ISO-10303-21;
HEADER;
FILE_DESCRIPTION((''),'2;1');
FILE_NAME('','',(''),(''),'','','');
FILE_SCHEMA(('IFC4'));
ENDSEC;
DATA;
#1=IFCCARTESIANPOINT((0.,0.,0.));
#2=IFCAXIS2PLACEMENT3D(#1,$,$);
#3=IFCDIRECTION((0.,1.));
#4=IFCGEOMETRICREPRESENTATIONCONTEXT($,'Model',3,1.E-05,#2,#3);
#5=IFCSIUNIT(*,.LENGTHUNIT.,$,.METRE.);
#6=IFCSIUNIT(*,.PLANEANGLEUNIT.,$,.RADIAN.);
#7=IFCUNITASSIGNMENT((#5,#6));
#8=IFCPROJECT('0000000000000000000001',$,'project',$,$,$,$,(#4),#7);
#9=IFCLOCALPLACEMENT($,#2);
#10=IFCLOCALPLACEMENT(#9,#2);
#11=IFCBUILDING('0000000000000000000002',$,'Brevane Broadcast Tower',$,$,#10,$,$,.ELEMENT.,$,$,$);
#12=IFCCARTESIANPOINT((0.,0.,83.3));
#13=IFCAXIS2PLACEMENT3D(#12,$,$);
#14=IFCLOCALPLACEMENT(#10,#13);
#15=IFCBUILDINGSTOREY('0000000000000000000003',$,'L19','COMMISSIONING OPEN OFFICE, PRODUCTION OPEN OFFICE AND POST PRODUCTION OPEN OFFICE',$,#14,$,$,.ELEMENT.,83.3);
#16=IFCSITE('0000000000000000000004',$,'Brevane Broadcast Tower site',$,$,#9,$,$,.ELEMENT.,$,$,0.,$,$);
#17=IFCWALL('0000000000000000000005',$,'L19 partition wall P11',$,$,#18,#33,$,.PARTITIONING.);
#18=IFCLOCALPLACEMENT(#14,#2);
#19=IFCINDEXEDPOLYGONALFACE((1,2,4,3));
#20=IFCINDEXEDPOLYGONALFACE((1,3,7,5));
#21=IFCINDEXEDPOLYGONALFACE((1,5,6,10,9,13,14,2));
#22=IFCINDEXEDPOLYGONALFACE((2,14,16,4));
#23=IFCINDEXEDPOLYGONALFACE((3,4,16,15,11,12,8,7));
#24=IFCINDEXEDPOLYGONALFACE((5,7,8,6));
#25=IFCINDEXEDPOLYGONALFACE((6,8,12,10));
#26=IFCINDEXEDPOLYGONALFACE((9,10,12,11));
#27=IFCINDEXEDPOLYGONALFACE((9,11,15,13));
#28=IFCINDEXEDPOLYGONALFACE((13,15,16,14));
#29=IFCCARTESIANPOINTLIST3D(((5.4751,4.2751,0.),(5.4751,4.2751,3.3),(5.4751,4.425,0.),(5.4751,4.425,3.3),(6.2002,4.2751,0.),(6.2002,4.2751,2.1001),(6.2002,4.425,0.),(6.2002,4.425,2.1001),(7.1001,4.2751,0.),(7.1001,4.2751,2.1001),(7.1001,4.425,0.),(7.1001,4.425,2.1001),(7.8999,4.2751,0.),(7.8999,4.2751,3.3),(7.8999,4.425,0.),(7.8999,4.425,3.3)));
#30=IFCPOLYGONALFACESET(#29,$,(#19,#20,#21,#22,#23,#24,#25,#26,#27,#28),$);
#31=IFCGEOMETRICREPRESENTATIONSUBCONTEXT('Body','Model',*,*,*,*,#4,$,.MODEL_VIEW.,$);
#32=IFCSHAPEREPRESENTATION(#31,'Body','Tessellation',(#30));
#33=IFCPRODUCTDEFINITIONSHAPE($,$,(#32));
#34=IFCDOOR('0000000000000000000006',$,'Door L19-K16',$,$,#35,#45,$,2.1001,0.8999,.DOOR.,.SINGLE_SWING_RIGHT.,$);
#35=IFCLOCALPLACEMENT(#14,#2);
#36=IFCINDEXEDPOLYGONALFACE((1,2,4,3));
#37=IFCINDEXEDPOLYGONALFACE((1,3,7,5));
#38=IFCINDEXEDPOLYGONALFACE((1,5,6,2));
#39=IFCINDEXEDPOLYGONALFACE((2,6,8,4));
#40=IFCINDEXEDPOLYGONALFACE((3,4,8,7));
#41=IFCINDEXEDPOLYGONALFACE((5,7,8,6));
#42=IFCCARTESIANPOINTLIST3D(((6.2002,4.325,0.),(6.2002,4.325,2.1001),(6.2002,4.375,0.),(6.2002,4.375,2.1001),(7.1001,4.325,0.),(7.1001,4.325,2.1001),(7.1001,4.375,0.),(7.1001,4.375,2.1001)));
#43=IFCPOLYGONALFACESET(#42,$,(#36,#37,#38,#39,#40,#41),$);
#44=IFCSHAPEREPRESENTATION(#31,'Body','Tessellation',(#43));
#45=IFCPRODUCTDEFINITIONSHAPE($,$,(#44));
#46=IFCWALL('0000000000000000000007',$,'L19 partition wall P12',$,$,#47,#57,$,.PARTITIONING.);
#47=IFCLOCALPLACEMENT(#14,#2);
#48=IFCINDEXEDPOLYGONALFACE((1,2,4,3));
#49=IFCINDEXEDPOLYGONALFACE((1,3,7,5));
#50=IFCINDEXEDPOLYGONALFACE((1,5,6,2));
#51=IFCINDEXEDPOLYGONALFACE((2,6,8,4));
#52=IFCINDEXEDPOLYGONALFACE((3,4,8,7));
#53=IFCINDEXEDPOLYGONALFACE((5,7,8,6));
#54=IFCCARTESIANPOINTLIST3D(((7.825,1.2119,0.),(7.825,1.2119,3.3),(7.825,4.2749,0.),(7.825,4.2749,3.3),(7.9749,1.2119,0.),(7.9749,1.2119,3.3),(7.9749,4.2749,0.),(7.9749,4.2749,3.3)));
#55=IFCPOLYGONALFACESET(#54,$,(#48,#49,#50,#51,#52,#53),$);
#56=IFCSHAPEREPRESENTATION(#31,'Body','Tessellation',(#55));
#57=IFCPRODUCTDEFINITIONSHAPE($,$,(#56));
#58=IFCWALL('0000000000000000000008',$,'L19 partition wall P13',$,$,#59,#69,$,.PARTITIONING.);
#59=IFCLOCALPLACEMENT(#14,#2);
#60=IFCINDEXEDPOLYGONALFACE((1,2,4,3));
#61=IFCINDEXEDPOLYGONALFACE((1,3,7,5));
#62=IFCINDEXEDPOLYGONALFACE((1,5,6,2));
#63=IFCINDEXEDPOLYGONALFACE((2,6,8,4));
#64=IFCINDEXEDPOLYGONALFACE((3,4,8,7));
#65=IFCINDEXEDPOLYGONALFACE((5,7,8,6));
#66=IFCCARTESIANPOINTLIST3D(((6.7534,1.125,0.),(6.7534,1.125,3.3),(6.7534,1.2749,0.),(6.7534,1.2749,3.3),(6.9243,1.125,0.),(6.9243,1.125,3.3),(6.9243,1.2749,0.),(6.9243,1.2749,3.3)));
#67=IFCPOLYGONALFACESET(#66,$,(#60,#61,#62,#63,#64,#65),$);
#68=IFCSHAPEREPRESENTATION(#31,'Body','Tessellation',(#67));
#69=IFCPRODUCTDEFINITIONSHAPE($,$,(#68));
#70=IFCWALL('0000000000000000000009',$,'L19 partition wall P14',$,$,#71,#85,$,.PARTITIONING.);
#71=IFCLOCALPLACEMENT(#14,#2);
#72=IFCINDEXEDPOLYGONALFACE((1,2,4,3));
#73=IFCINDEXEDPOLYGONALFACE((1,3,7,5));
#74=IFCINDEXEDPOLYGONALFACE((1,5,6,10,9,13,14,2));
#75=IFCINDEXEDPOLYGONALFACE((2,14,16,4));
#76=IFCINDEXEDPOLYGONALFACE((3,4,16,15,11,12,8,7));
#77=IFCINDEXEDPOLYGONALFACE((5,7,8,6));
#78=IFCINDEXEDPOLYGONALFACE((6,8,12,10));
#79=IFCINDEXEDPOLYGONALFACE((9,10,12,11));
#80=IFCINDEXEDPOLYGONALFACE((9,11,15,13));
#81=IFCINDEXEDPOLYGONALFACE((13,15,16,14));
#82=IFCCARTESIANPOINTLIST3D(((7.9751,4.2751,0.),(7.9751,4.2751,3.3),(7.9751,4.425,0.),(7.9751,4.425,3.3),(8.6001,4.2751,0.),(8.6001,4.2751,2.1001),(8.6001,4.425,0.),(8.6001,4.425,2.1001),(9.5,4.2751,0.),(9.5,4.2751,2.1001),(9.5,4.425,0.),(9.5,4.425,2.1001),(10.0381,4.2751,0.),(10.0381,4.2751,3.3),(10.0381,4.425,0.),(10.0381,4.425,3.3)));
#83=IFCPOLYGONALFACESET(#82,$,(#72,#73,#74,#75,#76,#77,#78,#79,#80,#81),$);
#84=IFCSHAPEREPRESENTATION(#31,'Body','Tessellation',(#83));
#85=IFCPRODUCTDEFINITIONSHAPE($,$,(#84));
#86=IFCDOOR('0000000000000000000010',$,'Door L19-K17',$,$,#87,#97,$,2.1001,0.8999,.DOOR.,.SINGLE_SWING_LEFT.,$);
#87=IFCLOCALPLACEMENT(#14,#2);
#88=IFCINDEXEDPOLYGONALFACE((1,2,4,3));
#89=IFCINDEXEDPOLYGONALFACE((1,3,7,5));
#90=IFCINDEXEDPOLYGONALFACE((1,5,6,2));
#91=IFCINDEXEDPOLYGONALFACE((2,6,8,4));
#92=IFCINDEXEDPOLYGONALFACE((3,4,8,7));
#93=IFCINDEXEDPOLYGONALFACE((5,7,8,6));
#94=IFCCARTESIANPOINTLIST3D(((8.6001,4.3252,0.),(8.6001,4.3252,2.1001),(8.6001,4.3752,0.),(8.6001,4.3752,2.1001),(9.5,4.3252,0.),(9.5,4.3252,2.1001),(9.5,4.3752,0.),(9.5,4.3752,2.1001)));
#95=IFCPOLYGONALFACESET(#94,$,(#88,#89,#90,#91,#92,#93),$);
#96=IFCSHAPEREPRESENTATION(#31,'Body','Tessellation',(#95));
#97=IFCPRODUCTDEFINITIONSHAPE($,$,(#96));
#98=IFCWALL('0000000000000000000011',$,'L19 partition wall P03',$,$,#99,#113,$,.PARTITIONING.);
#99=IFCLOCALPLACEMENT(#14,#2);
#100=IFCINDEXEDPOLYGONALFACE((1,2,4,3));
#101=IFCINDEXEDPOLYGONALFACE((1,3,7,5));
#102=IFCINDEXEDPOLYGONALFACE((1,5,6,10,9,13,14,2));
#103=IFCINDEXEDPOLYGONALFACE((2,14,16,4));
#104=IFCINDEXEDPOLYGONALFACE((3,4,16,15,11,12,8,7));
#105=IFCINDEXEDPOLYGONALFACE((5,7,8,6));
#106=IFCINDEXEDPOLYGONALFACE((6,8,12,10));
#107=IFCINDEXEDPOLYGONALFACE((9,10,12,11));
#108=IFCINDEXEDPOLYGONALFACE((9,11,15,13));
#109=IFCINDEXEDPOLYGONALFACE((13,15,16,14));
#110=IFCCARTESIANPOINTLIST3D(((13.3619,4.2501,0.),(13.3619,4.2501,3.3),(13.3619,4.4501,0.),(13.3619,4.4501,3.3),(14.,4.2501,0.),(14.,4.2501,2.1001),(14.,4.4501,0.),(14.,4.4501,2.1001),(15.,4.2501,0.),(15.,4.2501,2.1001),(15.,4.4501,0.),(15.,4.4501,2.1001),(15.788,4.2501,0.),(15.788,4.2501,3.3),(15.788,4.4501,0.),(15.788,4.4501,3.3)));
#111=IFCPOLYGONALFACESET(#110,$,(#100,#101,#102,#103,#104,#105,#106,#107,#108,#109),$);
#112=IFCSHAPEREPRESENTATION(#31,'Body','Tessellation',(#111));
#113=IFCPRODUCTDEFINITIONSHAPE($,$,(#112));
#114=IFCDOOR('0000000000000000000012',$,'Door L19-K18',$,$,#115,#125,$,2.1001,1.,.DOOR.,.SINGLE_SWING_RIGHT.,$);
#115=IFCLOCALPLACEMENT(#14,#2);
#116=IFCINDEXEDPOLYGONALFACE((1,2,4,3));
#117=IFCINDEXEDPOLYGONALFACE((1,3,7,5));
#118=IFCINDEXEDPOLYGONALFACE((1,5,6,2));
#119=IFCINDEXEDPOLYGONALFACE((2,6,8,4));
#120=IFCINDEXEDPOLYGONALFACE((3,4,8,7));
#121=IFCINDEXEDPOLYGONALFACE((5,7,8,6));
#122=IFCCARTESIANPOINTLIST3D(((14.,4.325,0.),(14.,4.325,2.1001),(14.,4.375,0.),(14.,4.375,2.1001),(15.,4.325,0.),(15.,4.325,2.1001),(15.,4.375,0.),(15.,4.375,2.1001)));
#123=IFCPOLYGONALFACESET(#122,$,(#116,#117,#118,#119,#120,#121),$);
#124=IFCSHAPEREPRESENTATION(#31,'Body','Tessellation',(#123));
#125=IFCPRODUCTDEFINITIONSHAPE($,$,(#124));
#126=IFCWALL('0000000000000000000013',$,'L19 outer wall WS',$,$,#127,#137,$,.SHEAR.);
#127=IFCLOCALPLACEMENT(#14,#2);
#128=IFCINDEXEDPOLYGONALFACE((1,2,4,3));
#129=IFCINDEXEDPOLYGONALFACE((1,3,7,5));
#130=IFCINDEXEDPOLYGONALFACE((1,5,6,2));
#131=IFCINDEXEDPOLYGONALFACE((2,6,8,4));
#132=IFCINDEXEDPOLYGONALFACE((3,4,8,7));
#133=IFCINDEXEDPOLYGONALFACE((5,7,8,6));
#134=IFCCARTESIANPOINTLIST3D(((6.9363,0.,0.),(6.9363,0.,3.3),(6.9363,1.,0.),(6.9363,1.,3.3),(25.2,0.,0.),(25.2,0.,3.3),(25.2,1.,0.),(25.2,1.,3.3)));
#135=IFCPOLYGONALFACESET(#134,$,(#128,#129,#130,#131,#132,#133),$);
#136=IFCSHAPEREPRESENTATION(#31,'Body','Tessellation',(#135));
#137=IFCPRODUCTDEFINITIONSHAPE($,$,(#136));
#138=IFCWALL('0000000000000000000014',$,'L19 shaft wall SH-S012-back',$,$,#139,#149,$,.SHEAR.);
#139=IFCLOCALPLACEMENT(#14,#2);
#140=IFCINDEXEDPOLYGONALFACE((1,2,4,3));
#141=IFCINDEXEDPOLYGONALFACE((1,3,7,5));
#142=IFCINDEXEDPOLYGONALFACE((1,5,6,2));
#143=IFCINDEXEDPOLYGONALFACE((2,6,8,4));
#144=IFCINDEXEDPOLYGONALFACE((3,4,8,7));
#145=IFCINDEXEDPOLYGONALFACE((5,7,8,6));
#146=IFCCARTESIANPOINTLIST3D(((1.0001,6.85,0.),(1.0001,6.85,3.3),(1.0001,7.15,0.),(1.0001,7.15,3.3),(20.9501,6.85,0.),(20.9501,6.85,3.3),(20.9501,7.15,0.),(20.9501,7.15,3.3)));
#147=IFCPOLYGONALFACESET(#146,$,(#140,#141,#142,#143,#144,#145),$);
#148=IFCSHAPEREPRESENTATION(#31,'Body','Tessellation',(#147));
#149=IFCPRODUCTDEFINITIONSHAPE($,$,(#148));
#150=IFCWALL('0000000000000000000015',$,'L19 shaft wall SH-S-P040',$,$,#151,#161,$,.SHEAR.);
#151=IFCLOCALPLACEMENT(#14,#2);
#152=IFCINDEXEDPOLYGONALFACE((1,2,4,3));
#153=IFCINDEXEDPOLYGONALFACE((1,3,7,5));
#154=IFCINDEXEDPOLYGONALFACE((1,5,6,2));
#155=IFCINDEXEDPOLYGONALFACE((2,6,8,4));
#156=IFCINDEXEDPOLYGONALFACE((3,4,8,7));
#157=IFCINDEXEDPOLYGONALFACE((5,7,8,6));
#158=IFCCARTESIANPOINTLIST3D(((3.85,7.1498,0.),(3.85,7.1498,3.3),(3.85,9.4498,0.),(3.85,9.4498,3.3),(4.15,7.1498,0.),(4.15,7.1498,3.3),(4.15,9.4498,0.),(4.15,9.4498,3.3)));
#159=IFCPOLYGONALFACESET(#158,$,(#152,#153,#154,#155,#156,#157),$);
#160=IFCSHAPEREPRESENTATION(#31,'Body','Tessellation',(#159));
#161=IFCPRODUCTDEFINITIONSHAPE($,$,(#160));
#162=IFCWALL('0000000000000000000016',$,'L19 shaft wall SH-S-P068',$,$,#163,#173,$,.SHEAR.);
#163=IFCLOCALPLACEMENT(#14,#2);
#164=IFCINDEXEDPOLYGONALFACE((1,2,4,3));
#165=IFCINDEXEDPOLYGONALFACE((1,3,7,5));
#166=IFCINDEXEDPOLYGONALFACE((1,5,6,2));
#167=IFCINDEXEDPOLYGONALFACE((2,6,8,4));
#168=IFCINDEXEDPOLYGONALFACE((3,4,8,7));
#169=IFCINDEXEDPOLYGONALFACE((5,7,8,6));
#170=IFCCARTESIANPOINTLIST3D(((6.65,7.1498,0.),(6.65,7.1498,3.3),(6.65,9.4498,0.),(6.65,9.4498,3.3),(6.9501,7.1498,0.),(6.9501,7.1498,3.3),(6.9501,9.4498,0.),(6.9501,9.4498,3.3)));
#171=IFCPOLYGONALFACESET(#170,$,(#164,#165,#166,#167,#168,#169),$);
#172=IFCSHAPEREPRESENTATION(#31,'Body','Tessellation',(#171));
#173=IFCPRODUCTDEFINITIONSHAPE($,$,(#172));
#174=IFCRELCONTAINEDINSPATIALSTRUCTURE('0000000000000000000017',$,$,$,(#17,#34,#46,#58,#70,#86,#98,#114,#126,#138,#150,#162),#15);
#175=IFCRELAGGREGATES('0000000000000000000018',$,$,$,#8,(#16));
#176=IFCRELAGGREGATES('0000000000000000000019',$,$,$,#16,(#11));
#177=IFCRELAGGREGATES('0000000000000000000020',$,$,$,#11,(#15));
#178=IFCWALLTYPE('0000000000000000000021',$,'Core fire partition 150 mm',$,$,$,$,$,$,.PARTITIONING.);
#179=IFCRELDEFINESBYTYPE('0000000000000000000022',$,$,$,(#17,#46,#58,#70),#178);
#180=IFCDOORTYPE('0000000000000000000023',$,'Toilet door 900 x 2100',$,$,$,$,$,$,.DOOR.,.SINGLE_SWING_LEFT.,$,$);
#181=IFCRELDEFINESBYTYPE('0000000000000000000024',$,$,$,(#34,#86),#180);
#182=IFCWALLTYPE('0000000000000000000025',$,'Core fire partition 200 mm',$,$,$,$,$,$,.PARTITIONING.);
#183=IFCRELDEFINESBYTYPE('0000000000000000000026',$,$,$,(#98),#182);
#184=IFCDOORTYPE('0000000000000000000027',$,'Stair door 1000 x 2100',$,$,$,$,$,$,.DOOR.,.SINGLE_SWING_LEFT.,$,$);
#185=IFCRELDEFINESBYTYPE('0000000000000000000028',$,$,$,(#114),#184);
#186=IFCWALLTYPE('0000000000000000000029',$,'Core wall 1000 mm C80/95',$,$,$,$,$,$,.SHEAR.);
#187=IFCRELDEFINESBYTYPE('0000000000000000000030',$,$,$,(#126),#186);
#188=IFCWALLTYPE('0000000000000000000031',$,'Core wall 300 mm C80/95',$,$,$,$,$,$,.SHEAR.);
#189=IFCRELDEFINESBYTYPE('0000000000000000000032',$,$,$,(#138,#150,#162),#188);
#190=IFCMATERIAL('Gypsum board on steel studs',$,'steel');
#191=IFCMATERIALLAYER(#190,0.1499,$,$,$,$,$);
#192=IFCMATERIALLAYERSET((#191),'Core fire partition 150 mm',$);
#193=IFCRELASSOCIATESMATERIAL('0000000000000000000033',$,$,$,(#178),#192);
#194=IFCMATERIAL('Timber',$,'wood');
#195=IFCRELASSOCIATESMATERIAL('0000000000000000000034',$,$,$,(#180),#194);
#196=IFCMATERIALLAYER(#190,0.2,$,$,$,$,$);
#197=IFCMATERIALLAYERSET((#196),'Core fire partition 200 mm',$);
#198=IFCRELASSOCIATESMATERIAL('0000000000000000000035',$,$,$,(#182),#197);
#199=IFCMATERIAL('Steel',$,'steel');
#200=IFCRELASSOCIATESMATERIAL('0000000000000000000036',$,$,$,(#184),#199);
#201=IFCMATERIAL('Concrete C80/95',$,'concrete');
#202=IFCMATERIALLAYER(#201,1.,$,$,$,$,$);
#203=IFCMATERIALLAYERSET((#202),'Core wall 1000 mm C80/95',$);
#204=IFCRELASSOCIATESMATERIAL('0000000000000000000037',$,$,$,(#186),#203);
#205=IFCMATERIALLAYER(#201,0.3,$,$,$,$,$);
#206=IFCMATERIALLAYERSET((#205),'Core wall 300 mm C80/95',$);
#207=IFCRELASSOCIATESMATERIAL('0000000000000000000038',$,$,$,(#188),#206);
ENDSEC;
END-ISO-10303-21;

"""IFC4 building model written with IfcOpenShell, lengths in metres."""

from ifc_helpers import new_model, si_unit, direction, frame, frame_2d, origin, place, context, subcontext, project, spatial, rectangle, extrude, material, layer, layer_set, type_object, element, fill, save


model = new_model("IFC4")

# Units and contexts
model_context = context("Model", 3, precision=1e-05, world=origin(), true_north=direction((0.0, 1.0)))
body_context = subcontext(model_context, "Body", "Model", "MODEL_VIEW")
ifc_project = project(units=[si_unit("LENGTHUNIT", "METRE"), si_unit("PLANEANGLEUNIT", "RADIAN")], contexts=[model_context])

# Site, building, storey
site_placement = place(None, origin())
site = spatial("IfcSite", under=ifc_project, at=site_placement, Name="Brevane Broadcast Tower site", CompositionType="ELEMENT", RefElevation=0.0)
building_placement = place(site_placement, origin())
building = spatial("IfcBuilding", under=site, at=building_placement, Name="Brevane Broadcast Tower", CompositionType="ELEMENT")
storey_placement = place(building_placement, frame((0.0, 0.0, 83.3)))
storey = spatial("IfcBuildingStorey", under=building, at=storey_placement, Name="L19", Description="COMMISSIONING OPEN OFFICE, PRODUCTION OPEN OFFICE AND POST PRODUCTION OPEN OFFICE", CompositionType="ELEMENT", Elevation=83.3)

# Shared definitions
ifc_material_1 = material(Name="Gypsum board on steel studs", Category="steel")
ifc_layer_1 = layer(ifc_material_1, 0.1499)
ifc_layer_set_1 = layer_set([ifc_layer_1], Name="Core fire partition 150 mm")
wall_type_1 = type_object("IfcWallType", Name="Core fire partition 150 mm", PredefinedType="PARTITIONING", material=ifc_layer_set_1)

# Wall, opening, door
wall_1_placement = place(storey_placement, frame((5.4751, 4.3501, 0.0), z_axis=(0.0, 0.0, 1.0), x_axis=(1.0, 0.0, 0.0)))
wall_1 = element("IfcWall", 1, at=wall_1_placement, inside=storey, type_object=wall_type_1, Name="L19 partition wall P11", PredefinedType="PARTITIONING", context=body_context, shape_type="SweptSolid", body=[
    extrude(rectangle(XDim=2.4248, YDim=0.1499, at=frame_2d((1.2124, 0.0))), origin(), (0.0, 0.0, 1.0), 3.3),
])
opening_1_placement = place(wall_1_placement, frame((0.7251, 0.0, 0.0)))
opening_1 = element("IfcOpeningElement", 2, at=opening_1_placement, cuts=wall_1, PredefinedType="OPENING", context=body_context, shape_type="SweptSolid", body=[
    extrude(rectangle(XDim=0.8999, YDim=2.1001, at=frame_2d((0.45, 1.05))), frame((0.0, 0.085, 0.0), z_axis=(0.0, -1.0, 0.0), x_axis=(1.0, 0.0, 0.0)), (0.0, 0.0, 1.0), 0.1699),
])
ifc_material_2 = material(Name="Timber", Category="wood")
door_type_1 = type_object("IfcDoorType", Name="Toilet door 900 x 2100", OperationType="SINGLE_SWING_LEFT", PredefinedType="DOOR", material=ifc_material_2)
door_1_placement = place(opening_1_placement, origin())
door_1 = element("IfcDoor", 3, at=door_1_placement, inside=storey, type_object=door_type_1, Name="Door L19-K16", OperationType="SINGLE_SWING_RIGHT", OverallHeight=2.1001, OverallWidth=0.8999, PredefinedType="DOOR", context=body_context, shape_type="SweptSolid", body=[
    extrude(rectangle(XDim=0.8999, YDim=2.1001, at=frame_2d((0.45, 1.05))), frame((0.0, 0.0249, 0.0), z_axis=(0.0, -1.0, 0.0), x_axis=(1.0, 0.0, 0.0)), (0.0, 0.0, 1.0), 0.05),
])
fill(opening_1, door_1)

# Walls
wall_2_placement = place(storey_placement, frame((7.8999, 4.2749, 0.0), z_axis=(0.0, 0.0, 1.0), x_axis=(0.0, -1.0, 0.0)))
element("IfcWall", 4, at=wall_2_placement, inside=storey, type_object=wall_type_1, Name="L19 partition wall P12", PredefinedType="PARTITIONING", context=body_context, shape_type="SweptSolid", body=[
    extrude(rectangle(XDim=3.063, YDim=0.1499, at=frame_2d((1.5315, 0.0))), origin(), (0.0, 0.0, 1.0), 3.3),
])
wall_3_placement = place(storey_placement, frame((6.9243, 1.2, 0.0), z_axis=(0.0, 0.0, 1.0), x_axis=(-1.0, 0.0, 0.0)))
element("IfcWall", 5, at=wall_3_placement, inside=storey, type_object=wall_type_1, Name="L19 partition wall P13", PredefinedType="PARTITIONING", context=body_context, shape_type="SweptSolid", body=[
    extrude(rectangle(XDim=0.1709, YDim=0.1499, at=frame_2d((0.0854, 0.0))), origin(), (0.0, 0.0, 1.0), 3.3),
])

# Walls, openings, doors
wall_4_placement = place(storey_placement, frame((10.0381, 4.3501, 0.0), z_axis=(0.0, 0.0, 1.0), x_axis=(-1.0, 0.0, 0.0)))
wall_4 = element("IfcWall", 6, at=wall_4_placement, inside=storey, type_object=wall_type_1, Name="L19 partition wall P14", PredefinedType="PARTITIONING", context=body_context, shape_type="SweptSolid", body=[
    extrude(rectangle(XDim=2.063, YDim=0.1499, at=frame_2d((1.0315, 0.0))), origin(), (0.0, 0.0, 1.0), 3.3),
])
opening_2_placement = place(wall_4_placement, frame((0.5381, 0.0, 0.0)))
opening_2 = element("IfcOpeningElement", 7, at=opening_2_placement, cuts=wall_4, PredefinedType="OPENING", context=body_context, shape_type="SweptSolid", body=[
    extrude(rectangle(XDim=0.8999, YDim=2.1001, at=frame_2d((0.45, 1.05))), frame((0.0, 0.085, 0.0), z_axis=(0.0, -1.0, 0.0), x_axis=(1.0, 0.0, 0.0)), (0.0, 0.0, 1.0), 0.1699),
])
door_2_placement = place(opening_2_placement, origin())
door_2 = element("IfcDoor", 8, at=door_2_placement, inside=storey, type_object=door_type_1, Name="Door L19-K17", OperationType="SINGLE_SWING_LEFT", OverallHeight=2.1001, OverallWidth=0.8999, PredefinedType="DOOR", context=body_context, shape_type="SweptSolid", body=[
    extrude(rectangle(XDim=0.8999, YDim=2.1001, at=frame_2d((0.45, 1.05))), frame((0.0, 0.0249, 0.0), z_axis=(0.0, -1.0, 0.0), x_axis=(1.0, 0.0, 0.0)), (0.0, 0.0, 1.0), 0.05),
])
fill(opening_2, door_2)
ifc_layer_2 = layer(ifc_material_1, 0.2)
ifc_layer_set_2 = layer_set([ifc_layer_2], Name="Core fire partition 200 mm")
wall_type_2 = type_object("IfcWallType", Name="Core fire partition 200 mm", PredefinedType="PARTITIONING", material=ifc_layer_set_2)
wall_5_placement = place(storey_placement, frame((13.3621, 4.3501, 0.0), z_axis=(0.0, 0.0, 1.0), x_axis=(1.0, 0.0, 0.0)))
wall_5 = element("IfcWall", 9, at=wall_5_placement, inside=storey, type_object=wall_type_2, Name="L19 partition wall P03", PredefinedType="PARTITIONING", context=body_context, shape_type="SweptSolid", body=[
    extrude(rectangle(XDim=2.426, YDim=0.2, at=frame_2d((1.2129, 0.0))), origin(), (0.0, 0.0, 1.0), 3.3),
])
opening_3_placement = place(wall_5_placement, frame((0.6379, 0.0, 0.0)))
opening_3 = element("IfcOpeningElement", 10, at=opening_3_placement, cuts=wall_5, PredefinedType="OPENING", context=body_context, shape_type="SweptSolid", body=[
    extrude(rectangle(XDim=1.0, YDim=2.1001, at=frame_2d((0.5, 1.05))), frame((0.0, 0.1099, 0.0), z_axis=(0.0, -1.0, 0.0), x_axis=(1.0, 0.0, 0.0)), (0.0, 0.0, 1.0), 0.22),
])
ifc_material_3 = material(Name="Steel", Category="steel")
door_type_2 = type_object("IfcDoorType", Name="Stair door 1000 x 2100", OperationType="SINGLE_SWING_LEFT", PredefinedType="DOOR", material=ifc_material_3)
door_3_placement = place(opening_3_placement, origin())
door_3 = element("IfcDoor", 11, at=door_3_placement, inside=storey, type_object=door_type_2, Name="Door L19-K18", OperationType="SINGLE_SWING_RIGHT", OverallHeight=2.1001, OverallWidth=1.0, PredefinedType="DOOR", context=body_context, shape_type="SweptSolid", body=[
    extrude(rectangle(XDim=1.0, YDim=2.1001, at=frame_2d((0.5, 1.05))), frame((0.0, 0.0249, 0.0), z_axis=(0.0, -1.0, 0.0), x_axis=(1.0, 0.0, 0.0)), (0.0, 0.0, 1.0), 0.05),
])
fill(opening_3, door_3)

# Walls
ifc_material_4 = material(Name="Concrete C80/95", Category="concrete")
ifc_layer_3 = layer(ifc_material_4, 1.0)
ifc_layer_set_3 = layer_set([ifc_layer_3], Name="Core wall 1000 mm C80/95")
wall_type_3 = type_object("IfcWallType", Name="Core wall 1000 mm C80/95", PredefinedType="SHEAR", material=ifc_layer_set_3)
wall_6_placement = place(storey_placement, frame((6.9363, 0.5, 0.0), z_axis=(0.0, 0.0, 1.0), x_axis=(1.0, 0.0, 0.0)))
element("IfcWall", 12, at=wall_6_placement, inside=storey, type_object=wall_type_3, Name="L19 outer wall WS", PredefinedType="SHEAR", context=body_context, shape_type="SweptSolid", body=[
    extrude(rectangle(XDim=18.2637, YDim=1.0, at=frame_2d((9.1318, 0.0))), origin(), (0.0, 0.0, 1.0), 3.3),
])
ifc_layer_4 = layer(ifc_material_4, 0.3)
ifc_layer_set_4 = layer_set([ifc_layer_4], Name="Core wall 300 mm C80/95")
wall_type_4 = type_object("IfcWallType", Name="Core wall 300 mm C80/95", PredefinedType="SHEAR", material=ifc_layer_set_4)
wall_7_placement = place(storey_placement, frame((1.0, 7.0, 0.0), z_axis=(0.0, 0.0, 1.0), x_axis=(1.0, 0.0, 0.0)))
element("IfcWall", 13, at=wall_7_placement, inside=storey, type_object=wall_type_4, Name="L19 shaft wall SH-S012-back", PredefinedType="SHEAR", context=body_context, shape_type="SweptSolid", body=[
    extrude(rectangle(XDim=19.95, YDim=0.3, at=frame_2d((9.9751, 0.0))), origin(), (0.0, 0.0, 1.0), 3.3),
])
for number, where, z_axis, x_axis, name in (
    (14, (4.0, 7.1499, 0.0), (0.0, 0.0, 1.0), (0.0, 1.0, 0.0), "L19 shaft wall SH-S-P040"),
    (15, (6.8, 7.1499, 0.0), (0.0, 0.0, 1.0), (0.0, 1.0, 0.0), "L19 shaft wall SH-S-P068"),
):
    element("IfcWall", number, at=place(storey_placement, frame(where, z_axis=z_axis, x_axis=x_axis)), inside=storey, type_object=wall_type_4, Name=name, PredefinedType="SHEAR", context=body_context, shape_type="SweptSolid", body=[
        extrude(rectangle(XDim=2.3, YDim=0.3, at=frame_2d((1.1499, 0.0))), origin(), (0.0, 0.0, 1.0), 3.3),
    ])

save(model, "model.ifc")
